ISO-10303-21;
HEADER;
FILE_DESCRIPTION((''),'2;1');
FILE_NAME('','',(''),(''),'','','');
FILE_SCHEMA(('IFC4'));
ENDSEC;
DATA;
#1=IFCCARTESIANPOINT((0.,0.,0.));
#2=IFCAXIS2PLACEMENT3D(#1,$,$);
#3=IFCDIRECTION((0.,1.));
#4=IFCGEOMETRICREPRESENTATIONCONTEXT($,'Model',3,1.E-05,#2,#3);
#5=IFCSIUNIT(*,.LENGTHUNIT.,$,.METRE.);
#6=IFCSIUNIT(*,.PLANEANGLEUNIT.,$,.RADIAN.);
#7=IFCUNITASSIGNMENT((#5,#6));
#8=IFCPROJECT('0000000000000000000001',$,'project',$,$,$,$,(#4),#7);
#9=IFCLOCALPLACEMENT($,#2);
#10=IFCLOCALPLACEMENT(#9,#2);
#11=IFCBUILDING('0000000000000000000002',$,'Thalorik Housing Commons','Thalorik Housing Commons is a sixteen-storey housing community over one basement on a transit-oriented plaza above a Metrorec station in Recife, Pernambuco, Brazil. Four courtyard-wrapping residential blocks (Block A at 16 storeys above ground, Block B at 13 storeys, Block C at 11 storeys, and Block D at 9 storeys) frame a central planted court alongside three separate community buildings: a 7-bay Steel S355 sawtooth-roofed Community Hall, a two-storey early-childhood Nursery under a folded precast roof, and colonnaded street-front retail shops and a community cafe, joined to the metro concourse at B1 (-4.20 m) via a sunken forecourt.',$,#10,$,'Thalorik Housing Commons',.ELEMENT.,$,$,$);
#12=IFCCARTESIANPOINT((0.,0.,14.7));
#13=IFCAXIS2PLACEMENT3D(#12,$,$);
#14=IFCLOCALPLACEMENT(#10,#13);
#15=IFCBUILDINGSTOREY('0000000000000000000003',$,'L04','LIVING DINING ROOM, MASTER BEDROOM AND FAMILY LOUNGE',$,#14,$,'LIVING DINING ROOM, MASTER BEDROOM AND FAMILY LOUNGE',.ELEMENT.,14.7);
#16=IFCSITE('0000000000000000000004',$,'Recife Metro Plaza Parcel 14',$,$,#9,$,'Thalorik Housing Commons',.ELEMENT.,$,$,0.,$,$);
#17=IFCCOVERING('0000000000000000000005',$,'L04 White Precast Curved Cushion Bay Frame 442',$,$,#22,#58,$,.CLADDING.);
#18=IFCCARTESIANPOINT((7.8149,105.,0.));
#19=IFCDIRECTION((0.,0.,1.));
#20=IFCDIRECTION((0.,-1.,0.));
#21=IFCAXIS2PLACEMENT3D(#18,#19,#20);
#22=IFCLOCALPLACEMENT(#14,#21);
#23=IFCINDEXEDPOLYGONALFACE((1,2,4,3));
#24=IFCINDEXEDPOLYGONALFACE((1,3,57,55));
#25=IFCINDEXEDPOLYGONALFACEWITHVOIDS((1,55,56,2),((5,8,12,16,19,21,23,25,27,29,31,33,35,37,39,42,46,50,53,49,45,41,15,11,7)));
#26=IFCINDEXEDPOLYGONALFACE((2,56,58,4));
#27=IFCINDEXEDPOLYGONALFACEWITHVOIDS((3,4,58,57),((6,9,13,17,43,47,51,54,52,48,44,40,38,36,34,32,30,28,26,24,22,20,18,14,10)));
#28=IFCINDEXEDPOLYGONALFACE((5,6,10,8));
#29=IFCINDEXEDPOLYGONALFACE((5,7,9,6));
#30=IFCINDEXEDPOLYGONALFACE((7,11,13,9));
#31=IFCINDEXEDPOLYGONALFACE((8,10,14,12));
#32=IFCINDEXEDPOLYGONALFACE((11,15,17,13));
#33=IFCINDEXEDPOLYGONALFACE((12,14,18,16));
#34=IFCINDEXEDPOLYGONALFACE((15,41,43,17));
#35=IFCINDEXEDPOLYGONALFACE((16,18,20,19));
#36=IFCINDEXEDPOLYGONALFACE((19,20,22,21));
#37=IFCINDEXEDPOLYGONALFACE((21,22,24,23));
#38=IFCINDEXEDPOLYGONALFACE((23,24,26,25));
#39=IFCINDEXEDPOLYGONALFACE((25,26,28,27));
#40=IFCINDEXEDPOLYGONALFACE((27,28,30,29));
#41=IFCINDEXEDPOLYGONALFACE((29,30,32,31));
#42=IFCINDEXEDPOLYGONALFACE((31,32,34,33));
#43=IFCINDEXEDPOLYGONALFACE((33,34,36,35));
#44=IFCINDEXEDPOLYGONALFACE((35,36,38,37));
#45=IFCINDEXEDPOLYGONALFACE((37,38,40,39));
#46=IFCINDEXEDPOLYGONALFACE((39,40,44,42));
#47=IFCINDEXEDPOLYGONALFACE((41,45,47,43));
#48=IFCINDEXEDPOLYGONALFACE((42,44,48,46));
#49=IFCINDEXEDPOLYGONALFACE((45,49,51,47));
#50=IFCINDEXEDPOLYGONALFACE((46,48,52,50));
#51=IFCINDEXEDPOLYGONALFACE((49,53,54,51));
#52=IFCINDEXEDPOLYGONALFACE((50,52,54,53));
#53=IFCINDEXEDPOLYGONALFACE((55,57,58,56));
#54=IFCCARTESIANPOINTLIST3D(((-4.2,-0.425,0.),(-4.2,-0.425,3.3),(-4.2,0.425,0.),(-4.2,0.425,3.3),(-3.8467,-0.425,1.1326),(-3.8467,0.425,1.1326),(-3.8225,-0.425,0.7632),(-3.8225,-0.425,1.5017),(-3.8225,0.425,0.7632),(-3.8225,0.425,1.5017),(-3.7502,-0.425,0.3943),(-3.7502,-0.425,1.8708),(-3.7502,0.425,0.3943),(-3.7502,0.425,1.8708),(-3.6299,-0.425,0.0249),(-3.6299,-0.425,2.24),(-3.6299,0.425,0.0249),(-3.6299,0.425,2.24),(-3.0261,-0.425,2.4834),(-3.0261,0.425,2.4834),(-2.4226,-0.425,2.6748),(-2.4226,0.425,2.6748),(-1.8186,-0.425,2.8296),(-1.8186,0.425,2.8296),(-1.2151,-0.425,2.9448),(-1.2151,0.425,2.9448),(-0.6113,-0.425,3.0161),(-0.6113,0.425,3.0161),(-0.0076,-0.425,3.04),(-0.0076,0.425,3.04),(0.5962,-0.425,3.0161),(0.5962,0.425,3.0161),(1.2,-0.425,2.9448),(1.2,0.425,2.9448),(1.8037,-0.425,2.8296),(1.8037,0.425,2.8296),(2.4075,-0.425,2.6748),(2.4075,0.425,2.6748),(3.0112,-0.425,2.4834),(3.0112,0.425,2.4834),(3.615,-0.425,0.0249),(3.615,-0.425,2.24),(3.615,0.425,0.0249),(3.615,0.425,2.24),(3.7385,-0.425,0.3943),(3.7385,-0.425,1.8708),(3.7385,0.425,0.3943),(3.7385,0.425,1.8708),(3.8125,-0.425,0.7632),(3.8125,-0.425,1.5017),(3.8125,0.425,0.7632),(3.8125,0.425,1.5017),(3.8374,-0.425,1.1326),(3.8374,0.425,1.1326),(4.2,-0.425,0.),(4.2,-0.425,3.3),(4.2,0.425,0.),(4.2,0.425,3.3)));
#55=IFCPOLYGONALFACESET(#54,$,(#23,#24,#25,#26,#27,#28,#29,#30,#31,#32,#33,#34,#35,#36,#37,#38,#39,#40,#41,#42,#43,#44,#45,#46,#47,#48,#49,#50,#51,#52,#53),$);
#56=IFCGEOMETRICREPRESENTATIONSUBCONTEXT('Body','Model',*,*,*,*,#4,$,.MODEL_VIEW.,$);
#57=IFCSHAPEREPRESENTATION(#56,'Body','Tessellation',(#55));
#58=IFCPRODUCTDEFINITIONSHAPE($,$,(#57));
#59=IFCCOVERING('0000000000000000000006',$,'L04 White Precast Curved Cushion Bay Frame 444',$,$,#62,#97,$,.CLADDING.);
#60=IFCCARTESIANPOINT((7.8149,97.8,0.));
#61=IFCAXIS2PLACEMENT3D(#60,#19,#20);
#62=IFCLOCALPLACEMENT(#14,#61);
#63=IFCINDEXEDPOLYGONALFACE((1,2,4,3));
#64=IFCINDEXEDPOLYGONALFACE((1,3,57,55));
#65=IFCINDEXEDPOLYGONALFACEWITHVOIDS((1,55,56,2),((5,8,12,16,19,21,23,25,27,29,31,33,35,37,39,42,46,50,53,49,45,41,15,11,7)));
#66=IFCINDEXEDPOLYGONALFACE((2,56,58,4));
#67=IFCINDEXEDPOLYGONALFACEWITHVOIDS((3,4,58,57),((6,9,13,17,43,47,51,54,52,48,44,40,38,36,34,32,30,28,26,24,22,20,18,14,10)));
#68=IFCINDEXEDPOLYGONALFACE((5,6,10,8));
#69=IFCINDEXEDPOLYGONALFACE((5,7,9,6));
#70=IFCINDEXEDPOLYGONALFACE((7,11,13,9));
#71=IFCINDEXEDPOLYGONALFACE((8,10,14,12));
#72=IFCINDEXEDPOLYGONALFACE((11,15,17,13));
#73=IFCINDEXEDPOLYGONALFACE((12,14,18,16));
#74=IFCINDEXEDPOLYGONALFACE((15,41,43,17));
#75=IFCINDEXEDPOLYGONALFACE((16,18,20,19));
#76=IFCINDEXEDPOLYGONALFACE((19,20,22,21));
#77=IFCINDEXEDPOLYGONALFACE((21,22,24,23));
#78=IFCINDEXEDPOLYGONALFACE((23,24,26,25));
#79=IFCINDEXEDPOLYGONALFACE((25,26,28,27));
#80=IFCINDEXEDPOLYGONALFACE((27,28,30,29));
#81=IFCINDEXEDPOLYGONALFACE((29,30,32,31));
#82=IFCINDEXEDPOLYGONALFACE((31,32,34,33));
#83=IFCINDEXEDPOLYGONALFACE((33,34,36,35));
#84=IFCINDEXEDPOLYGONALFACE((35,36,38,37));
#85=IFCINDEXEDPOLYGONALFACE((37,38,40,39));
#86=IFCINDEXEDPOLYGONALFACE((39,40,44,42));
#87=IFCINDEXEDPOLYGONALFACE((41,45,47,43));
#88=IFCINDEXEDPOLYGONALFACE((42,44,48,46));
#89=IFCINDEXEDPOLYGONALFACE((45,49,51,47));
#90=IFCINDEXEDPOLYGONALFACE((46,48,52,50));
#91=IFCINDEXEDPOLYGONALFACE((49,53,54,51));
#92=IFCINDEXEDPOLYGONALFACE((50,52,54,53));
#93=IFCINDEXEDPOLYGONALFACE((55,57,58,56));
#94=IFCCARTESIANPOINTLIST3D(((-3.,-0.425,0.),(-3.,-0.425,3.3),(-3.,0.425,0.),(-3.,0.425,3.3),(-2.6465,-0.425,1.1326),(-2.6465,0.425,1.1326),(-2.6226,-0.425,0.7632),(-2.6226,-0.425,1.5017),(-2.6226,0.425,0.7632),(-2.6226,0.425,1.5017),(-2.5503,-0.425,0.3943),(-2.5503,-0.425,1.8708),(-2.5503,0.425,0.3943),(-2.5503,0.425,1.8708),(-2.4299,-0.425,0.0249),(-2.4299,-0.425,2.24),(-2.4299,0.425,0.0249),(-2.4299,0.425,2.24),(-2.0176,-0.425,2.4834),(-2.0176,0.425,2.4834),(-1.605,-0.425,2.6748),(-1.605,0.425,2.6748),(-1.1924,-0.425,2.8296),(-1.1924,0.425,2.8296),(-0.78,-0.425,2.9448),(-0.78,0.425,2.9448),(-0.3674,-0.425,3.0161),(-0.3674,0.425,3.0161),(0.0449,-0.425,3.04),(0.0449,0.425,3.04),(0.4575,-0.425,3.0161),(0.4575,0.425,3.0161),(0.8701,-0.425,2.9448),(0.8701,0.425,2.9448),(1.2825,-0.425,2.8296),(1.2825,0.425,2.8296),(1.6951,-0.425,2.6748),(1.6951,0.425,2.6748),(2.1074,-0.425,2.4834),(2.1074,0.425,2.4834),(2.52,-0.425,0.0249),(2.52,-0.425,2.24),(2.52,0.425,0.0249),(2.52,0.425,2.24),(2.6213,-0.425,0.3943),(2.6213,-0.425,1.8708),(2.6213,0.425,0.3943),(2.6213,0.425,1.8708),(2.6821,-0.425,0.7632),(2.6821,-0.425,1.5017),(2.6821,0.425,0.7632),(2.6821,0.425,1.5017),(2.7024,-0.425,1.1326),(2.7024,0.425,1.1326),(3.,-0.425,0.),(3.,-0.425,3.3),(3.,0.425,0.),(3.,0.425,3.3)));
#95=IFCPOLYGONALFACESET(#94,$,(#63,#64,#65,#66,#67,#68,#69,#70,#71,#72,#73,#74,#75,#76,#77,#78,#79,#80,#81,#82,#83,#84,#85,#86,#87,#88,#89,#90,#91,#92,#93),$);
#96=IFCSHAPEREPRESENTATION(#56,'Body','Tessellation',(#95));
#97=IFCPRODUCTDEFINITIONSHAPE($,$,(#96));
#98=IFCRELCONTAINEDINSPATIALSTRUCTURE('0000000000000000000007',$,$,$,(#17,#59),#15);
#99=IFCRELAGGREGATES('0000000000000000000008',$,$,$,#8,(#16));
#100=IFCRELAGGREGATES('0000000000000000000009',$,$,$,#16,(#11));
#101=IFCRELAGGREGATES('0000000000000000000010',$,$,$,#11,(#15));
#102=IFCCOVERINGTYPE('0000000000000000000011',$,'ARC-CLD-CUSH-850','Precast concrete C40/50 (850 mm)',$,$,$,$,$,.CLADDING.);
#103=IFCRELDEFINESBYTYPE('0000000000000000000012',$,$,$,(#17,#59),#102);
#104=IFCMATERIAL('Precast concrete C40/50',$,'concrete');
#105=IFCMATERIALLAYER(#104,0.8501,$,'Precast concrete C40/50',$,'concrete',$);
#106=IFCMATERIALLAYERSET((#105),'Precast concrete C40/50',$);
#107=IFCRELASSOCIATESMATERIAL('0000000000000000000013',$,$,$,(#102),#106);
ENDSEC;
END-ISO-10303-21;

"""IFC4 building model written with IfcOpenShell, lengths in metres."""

from ifc_helpers import new_model, si_unit, direction, frame, origin, place, context, subcontext, project, spatial, polyline, outline, extrude, material, layer, layer_set, type_object, element, save


model = new_model("IFC4")

# Units and contexts
model_context = context("Model", 3, precision=1e-05, world=origin(), true_north=direction((0.0, 1.0)))
body_context = subcontext(model_context, "Body", "Model", "MODEL_VIEW")
ifc_project = project(units=[si_unit("LENGTHUNIT", "METRE"), si_unit("PLANEANGLEUNIT", "RADIAN")], contexts=[model_context])

# Site, building, storey
site_placement = place(None, origin())
site = spatial("IfcSite", under=ifc_project, at=site_placement, Name="Recife Metro Plaza Parcel 14", LongName="Thalorik Housing Commons", CompositionType="ELEMENT", RefElevation=0.0)
building_placement = place(site_placement, origin())
building = spatial("IfcBuilding", under=site, at=building_placement, Name="Thalorik Housing Commons", Description="Thalorik Housing Commons is a sixteen-storey housing community over one basement on a transit-oriented plaza above a Metrorec station in Recife, Pernambuco, Brazil. Four courtyard-wrapping residential blocks (Block A at 16 storeys above ground, Block B at 13 storeys, Block C at 11 storeys, and Block D at 9 storeys) frame a central planted court alongside three separate community buildings: a 7-bay Steel S355 sawtooth-roofed Community Hall, a two-storey early-childhood Nursery under a folded precast roof, and colonnaded street-front retail shops and a community cafe, joined to the metro concourse at B1 (-4.20 m) via a sunken forecourt.", LongName="Thalorik Housing Commons", CompositionType="ELEMENT")
storey_placement = place(building_placement, frame((0.0, 0.0, 14.7)))
storey = spatial("IfcBuildingStorey", under=building, at=storey_placement, Name="L04", Description="LIVING DINING ROOM, MASTER BEDROOM AND FAMILY LOUNGE", LongName="LIVING DINING ROOM, MASTER BEDROOM AND FAMILY LOUNGE", CompositionType="ELEMENT", Elevation=14.7)

# Shared definitions
ifc_material_1 = material(Name="Precast concrete C40/50", Category="concrete")

# Coverings
ifc_layer_1 = layer(ifc_material_1, 0.8501, Name="Precast concrete C40/50", Category="concrete")
ifc_layer_set_1 = layer_set([ifc_layer_1], Name="Precast concrete C40/50")
covering_type_1 = type_object("IfcCoveringType", Name="ARC-CLD-CUSH-850", Description="Precast concrete C40/50 (850 mm)", PredefinedType="CLADDING", material=ifc_layer_set_1)
covering_1_placement = place(storey_placement, frame((7.8149, 105.0, 0.0), z_axis=(0.0, 0.0, 1.0), x_axis=(0.0, -1.0, 0.0)))
element("IfcCovering", 1, at=covering_1_placement, inside=storey, type_object=covering_type_1, Name="L04 White Precast Curved Cushion Bay Frame 442", PredefinedType="CLADDING", context=body_context, shape_type="SweptSolid", body=[
    extrude(outline(polyline([(-4.2, 0.0), (4.2, 0.0), (4.2, 3.3), (-4.2, 3.3), (-4.2, 0.0)]), holes=[polyline([(3.615, 0.0249), (3.7385, 0.3943), (3.8125, 0.7632), (3.8374, 1.1326), (3.8125, 1.5017), (3.7385, 1.8708), (3.615, 2.24), (3.0112, 2.4834), (2.4075, 2.6748), (1.8037, 2.8296), (1.2, 2.9448), (0.5962, 3.0161), (-0.0076, 3.04), (-0.6113, 3.0161), (-1.2151, 2.9448), (-1.8186, 2.8296), (-2.4226, 2.6748), (-3.0261, 2.4834), (-3.6299, 2.24), (-3.7502, 1.8708), (-3.8225, 1.5017), (-3.8467, 1.1326), (-3.8225, 0.7632), (-3.7502, 0.3943), (-3.6299, 0.0249), (3.615, 0.0249)])]), frame((0.0, 0.425, 0.0), z_axis=(0.0, -1.0, 0.0), x_axis=(1.0, 0.0, 0.0)), (0.0, 0.0, 1.0), 0.8501),
])
covering_2_placement = place(storey_placement, frame((7.8149, 97.8, 0.0), z_axis=(0.0, 0.0, 1.0), x_axis=(0.0, -1.0, 0.0)))
element("IfcCovering", 2, at=covering_2_placement, inside=storey, type_object=covering_type_1, Name="L04 White Precast Curved Cushion Bay Frame 444", PredefinedType="CLADDING", context=body_context, shape_type="SweptSolid", body=[
    extrude(outline(polyline([(-3.0, 0.0), (3.0, 0.0), (3.0, 3.3), (-3.0, 3.3), (-3.0, 0.0)]), holes=[polyline([(2.52, 0.0249), (2.6213, 0.3943), (2.6821, 0.7632), (2.7024, 1.1326), (2.6821, 1.5017), (2.6213, 1.8708), (2.52, 2.24), (2.1074, 2.4834), (1.6951, 2.6748), (1.2825, 2.8296), (0.8701, 2.9448), (0.4575, 3.0161), (0.0449, 3.04), (-0.3674, 3.0161), (-0.78, 2.9448), (-1.1924, 2.8296), (-1.605, 2.6748), (-2.0176, 2.4834), (-2.4299, 2.24), (-2.5503, 1.8708), (-2.6226, 1.5017), (-2.6465, 1.1326), (-2.6226, 0.7632), (-2.5503, 0.3943), (-2.4299, 0.0249), (2.52, 0.0249)])]), frame((0.0, 0.425, 0.0), z_axis=(0.0, -1.0, 0.0), x_axis=(1.0, 0.0, 0.0)), (0.0, 0.0, 1.0), 0.8501),
])

save(model, "model.ifc")
